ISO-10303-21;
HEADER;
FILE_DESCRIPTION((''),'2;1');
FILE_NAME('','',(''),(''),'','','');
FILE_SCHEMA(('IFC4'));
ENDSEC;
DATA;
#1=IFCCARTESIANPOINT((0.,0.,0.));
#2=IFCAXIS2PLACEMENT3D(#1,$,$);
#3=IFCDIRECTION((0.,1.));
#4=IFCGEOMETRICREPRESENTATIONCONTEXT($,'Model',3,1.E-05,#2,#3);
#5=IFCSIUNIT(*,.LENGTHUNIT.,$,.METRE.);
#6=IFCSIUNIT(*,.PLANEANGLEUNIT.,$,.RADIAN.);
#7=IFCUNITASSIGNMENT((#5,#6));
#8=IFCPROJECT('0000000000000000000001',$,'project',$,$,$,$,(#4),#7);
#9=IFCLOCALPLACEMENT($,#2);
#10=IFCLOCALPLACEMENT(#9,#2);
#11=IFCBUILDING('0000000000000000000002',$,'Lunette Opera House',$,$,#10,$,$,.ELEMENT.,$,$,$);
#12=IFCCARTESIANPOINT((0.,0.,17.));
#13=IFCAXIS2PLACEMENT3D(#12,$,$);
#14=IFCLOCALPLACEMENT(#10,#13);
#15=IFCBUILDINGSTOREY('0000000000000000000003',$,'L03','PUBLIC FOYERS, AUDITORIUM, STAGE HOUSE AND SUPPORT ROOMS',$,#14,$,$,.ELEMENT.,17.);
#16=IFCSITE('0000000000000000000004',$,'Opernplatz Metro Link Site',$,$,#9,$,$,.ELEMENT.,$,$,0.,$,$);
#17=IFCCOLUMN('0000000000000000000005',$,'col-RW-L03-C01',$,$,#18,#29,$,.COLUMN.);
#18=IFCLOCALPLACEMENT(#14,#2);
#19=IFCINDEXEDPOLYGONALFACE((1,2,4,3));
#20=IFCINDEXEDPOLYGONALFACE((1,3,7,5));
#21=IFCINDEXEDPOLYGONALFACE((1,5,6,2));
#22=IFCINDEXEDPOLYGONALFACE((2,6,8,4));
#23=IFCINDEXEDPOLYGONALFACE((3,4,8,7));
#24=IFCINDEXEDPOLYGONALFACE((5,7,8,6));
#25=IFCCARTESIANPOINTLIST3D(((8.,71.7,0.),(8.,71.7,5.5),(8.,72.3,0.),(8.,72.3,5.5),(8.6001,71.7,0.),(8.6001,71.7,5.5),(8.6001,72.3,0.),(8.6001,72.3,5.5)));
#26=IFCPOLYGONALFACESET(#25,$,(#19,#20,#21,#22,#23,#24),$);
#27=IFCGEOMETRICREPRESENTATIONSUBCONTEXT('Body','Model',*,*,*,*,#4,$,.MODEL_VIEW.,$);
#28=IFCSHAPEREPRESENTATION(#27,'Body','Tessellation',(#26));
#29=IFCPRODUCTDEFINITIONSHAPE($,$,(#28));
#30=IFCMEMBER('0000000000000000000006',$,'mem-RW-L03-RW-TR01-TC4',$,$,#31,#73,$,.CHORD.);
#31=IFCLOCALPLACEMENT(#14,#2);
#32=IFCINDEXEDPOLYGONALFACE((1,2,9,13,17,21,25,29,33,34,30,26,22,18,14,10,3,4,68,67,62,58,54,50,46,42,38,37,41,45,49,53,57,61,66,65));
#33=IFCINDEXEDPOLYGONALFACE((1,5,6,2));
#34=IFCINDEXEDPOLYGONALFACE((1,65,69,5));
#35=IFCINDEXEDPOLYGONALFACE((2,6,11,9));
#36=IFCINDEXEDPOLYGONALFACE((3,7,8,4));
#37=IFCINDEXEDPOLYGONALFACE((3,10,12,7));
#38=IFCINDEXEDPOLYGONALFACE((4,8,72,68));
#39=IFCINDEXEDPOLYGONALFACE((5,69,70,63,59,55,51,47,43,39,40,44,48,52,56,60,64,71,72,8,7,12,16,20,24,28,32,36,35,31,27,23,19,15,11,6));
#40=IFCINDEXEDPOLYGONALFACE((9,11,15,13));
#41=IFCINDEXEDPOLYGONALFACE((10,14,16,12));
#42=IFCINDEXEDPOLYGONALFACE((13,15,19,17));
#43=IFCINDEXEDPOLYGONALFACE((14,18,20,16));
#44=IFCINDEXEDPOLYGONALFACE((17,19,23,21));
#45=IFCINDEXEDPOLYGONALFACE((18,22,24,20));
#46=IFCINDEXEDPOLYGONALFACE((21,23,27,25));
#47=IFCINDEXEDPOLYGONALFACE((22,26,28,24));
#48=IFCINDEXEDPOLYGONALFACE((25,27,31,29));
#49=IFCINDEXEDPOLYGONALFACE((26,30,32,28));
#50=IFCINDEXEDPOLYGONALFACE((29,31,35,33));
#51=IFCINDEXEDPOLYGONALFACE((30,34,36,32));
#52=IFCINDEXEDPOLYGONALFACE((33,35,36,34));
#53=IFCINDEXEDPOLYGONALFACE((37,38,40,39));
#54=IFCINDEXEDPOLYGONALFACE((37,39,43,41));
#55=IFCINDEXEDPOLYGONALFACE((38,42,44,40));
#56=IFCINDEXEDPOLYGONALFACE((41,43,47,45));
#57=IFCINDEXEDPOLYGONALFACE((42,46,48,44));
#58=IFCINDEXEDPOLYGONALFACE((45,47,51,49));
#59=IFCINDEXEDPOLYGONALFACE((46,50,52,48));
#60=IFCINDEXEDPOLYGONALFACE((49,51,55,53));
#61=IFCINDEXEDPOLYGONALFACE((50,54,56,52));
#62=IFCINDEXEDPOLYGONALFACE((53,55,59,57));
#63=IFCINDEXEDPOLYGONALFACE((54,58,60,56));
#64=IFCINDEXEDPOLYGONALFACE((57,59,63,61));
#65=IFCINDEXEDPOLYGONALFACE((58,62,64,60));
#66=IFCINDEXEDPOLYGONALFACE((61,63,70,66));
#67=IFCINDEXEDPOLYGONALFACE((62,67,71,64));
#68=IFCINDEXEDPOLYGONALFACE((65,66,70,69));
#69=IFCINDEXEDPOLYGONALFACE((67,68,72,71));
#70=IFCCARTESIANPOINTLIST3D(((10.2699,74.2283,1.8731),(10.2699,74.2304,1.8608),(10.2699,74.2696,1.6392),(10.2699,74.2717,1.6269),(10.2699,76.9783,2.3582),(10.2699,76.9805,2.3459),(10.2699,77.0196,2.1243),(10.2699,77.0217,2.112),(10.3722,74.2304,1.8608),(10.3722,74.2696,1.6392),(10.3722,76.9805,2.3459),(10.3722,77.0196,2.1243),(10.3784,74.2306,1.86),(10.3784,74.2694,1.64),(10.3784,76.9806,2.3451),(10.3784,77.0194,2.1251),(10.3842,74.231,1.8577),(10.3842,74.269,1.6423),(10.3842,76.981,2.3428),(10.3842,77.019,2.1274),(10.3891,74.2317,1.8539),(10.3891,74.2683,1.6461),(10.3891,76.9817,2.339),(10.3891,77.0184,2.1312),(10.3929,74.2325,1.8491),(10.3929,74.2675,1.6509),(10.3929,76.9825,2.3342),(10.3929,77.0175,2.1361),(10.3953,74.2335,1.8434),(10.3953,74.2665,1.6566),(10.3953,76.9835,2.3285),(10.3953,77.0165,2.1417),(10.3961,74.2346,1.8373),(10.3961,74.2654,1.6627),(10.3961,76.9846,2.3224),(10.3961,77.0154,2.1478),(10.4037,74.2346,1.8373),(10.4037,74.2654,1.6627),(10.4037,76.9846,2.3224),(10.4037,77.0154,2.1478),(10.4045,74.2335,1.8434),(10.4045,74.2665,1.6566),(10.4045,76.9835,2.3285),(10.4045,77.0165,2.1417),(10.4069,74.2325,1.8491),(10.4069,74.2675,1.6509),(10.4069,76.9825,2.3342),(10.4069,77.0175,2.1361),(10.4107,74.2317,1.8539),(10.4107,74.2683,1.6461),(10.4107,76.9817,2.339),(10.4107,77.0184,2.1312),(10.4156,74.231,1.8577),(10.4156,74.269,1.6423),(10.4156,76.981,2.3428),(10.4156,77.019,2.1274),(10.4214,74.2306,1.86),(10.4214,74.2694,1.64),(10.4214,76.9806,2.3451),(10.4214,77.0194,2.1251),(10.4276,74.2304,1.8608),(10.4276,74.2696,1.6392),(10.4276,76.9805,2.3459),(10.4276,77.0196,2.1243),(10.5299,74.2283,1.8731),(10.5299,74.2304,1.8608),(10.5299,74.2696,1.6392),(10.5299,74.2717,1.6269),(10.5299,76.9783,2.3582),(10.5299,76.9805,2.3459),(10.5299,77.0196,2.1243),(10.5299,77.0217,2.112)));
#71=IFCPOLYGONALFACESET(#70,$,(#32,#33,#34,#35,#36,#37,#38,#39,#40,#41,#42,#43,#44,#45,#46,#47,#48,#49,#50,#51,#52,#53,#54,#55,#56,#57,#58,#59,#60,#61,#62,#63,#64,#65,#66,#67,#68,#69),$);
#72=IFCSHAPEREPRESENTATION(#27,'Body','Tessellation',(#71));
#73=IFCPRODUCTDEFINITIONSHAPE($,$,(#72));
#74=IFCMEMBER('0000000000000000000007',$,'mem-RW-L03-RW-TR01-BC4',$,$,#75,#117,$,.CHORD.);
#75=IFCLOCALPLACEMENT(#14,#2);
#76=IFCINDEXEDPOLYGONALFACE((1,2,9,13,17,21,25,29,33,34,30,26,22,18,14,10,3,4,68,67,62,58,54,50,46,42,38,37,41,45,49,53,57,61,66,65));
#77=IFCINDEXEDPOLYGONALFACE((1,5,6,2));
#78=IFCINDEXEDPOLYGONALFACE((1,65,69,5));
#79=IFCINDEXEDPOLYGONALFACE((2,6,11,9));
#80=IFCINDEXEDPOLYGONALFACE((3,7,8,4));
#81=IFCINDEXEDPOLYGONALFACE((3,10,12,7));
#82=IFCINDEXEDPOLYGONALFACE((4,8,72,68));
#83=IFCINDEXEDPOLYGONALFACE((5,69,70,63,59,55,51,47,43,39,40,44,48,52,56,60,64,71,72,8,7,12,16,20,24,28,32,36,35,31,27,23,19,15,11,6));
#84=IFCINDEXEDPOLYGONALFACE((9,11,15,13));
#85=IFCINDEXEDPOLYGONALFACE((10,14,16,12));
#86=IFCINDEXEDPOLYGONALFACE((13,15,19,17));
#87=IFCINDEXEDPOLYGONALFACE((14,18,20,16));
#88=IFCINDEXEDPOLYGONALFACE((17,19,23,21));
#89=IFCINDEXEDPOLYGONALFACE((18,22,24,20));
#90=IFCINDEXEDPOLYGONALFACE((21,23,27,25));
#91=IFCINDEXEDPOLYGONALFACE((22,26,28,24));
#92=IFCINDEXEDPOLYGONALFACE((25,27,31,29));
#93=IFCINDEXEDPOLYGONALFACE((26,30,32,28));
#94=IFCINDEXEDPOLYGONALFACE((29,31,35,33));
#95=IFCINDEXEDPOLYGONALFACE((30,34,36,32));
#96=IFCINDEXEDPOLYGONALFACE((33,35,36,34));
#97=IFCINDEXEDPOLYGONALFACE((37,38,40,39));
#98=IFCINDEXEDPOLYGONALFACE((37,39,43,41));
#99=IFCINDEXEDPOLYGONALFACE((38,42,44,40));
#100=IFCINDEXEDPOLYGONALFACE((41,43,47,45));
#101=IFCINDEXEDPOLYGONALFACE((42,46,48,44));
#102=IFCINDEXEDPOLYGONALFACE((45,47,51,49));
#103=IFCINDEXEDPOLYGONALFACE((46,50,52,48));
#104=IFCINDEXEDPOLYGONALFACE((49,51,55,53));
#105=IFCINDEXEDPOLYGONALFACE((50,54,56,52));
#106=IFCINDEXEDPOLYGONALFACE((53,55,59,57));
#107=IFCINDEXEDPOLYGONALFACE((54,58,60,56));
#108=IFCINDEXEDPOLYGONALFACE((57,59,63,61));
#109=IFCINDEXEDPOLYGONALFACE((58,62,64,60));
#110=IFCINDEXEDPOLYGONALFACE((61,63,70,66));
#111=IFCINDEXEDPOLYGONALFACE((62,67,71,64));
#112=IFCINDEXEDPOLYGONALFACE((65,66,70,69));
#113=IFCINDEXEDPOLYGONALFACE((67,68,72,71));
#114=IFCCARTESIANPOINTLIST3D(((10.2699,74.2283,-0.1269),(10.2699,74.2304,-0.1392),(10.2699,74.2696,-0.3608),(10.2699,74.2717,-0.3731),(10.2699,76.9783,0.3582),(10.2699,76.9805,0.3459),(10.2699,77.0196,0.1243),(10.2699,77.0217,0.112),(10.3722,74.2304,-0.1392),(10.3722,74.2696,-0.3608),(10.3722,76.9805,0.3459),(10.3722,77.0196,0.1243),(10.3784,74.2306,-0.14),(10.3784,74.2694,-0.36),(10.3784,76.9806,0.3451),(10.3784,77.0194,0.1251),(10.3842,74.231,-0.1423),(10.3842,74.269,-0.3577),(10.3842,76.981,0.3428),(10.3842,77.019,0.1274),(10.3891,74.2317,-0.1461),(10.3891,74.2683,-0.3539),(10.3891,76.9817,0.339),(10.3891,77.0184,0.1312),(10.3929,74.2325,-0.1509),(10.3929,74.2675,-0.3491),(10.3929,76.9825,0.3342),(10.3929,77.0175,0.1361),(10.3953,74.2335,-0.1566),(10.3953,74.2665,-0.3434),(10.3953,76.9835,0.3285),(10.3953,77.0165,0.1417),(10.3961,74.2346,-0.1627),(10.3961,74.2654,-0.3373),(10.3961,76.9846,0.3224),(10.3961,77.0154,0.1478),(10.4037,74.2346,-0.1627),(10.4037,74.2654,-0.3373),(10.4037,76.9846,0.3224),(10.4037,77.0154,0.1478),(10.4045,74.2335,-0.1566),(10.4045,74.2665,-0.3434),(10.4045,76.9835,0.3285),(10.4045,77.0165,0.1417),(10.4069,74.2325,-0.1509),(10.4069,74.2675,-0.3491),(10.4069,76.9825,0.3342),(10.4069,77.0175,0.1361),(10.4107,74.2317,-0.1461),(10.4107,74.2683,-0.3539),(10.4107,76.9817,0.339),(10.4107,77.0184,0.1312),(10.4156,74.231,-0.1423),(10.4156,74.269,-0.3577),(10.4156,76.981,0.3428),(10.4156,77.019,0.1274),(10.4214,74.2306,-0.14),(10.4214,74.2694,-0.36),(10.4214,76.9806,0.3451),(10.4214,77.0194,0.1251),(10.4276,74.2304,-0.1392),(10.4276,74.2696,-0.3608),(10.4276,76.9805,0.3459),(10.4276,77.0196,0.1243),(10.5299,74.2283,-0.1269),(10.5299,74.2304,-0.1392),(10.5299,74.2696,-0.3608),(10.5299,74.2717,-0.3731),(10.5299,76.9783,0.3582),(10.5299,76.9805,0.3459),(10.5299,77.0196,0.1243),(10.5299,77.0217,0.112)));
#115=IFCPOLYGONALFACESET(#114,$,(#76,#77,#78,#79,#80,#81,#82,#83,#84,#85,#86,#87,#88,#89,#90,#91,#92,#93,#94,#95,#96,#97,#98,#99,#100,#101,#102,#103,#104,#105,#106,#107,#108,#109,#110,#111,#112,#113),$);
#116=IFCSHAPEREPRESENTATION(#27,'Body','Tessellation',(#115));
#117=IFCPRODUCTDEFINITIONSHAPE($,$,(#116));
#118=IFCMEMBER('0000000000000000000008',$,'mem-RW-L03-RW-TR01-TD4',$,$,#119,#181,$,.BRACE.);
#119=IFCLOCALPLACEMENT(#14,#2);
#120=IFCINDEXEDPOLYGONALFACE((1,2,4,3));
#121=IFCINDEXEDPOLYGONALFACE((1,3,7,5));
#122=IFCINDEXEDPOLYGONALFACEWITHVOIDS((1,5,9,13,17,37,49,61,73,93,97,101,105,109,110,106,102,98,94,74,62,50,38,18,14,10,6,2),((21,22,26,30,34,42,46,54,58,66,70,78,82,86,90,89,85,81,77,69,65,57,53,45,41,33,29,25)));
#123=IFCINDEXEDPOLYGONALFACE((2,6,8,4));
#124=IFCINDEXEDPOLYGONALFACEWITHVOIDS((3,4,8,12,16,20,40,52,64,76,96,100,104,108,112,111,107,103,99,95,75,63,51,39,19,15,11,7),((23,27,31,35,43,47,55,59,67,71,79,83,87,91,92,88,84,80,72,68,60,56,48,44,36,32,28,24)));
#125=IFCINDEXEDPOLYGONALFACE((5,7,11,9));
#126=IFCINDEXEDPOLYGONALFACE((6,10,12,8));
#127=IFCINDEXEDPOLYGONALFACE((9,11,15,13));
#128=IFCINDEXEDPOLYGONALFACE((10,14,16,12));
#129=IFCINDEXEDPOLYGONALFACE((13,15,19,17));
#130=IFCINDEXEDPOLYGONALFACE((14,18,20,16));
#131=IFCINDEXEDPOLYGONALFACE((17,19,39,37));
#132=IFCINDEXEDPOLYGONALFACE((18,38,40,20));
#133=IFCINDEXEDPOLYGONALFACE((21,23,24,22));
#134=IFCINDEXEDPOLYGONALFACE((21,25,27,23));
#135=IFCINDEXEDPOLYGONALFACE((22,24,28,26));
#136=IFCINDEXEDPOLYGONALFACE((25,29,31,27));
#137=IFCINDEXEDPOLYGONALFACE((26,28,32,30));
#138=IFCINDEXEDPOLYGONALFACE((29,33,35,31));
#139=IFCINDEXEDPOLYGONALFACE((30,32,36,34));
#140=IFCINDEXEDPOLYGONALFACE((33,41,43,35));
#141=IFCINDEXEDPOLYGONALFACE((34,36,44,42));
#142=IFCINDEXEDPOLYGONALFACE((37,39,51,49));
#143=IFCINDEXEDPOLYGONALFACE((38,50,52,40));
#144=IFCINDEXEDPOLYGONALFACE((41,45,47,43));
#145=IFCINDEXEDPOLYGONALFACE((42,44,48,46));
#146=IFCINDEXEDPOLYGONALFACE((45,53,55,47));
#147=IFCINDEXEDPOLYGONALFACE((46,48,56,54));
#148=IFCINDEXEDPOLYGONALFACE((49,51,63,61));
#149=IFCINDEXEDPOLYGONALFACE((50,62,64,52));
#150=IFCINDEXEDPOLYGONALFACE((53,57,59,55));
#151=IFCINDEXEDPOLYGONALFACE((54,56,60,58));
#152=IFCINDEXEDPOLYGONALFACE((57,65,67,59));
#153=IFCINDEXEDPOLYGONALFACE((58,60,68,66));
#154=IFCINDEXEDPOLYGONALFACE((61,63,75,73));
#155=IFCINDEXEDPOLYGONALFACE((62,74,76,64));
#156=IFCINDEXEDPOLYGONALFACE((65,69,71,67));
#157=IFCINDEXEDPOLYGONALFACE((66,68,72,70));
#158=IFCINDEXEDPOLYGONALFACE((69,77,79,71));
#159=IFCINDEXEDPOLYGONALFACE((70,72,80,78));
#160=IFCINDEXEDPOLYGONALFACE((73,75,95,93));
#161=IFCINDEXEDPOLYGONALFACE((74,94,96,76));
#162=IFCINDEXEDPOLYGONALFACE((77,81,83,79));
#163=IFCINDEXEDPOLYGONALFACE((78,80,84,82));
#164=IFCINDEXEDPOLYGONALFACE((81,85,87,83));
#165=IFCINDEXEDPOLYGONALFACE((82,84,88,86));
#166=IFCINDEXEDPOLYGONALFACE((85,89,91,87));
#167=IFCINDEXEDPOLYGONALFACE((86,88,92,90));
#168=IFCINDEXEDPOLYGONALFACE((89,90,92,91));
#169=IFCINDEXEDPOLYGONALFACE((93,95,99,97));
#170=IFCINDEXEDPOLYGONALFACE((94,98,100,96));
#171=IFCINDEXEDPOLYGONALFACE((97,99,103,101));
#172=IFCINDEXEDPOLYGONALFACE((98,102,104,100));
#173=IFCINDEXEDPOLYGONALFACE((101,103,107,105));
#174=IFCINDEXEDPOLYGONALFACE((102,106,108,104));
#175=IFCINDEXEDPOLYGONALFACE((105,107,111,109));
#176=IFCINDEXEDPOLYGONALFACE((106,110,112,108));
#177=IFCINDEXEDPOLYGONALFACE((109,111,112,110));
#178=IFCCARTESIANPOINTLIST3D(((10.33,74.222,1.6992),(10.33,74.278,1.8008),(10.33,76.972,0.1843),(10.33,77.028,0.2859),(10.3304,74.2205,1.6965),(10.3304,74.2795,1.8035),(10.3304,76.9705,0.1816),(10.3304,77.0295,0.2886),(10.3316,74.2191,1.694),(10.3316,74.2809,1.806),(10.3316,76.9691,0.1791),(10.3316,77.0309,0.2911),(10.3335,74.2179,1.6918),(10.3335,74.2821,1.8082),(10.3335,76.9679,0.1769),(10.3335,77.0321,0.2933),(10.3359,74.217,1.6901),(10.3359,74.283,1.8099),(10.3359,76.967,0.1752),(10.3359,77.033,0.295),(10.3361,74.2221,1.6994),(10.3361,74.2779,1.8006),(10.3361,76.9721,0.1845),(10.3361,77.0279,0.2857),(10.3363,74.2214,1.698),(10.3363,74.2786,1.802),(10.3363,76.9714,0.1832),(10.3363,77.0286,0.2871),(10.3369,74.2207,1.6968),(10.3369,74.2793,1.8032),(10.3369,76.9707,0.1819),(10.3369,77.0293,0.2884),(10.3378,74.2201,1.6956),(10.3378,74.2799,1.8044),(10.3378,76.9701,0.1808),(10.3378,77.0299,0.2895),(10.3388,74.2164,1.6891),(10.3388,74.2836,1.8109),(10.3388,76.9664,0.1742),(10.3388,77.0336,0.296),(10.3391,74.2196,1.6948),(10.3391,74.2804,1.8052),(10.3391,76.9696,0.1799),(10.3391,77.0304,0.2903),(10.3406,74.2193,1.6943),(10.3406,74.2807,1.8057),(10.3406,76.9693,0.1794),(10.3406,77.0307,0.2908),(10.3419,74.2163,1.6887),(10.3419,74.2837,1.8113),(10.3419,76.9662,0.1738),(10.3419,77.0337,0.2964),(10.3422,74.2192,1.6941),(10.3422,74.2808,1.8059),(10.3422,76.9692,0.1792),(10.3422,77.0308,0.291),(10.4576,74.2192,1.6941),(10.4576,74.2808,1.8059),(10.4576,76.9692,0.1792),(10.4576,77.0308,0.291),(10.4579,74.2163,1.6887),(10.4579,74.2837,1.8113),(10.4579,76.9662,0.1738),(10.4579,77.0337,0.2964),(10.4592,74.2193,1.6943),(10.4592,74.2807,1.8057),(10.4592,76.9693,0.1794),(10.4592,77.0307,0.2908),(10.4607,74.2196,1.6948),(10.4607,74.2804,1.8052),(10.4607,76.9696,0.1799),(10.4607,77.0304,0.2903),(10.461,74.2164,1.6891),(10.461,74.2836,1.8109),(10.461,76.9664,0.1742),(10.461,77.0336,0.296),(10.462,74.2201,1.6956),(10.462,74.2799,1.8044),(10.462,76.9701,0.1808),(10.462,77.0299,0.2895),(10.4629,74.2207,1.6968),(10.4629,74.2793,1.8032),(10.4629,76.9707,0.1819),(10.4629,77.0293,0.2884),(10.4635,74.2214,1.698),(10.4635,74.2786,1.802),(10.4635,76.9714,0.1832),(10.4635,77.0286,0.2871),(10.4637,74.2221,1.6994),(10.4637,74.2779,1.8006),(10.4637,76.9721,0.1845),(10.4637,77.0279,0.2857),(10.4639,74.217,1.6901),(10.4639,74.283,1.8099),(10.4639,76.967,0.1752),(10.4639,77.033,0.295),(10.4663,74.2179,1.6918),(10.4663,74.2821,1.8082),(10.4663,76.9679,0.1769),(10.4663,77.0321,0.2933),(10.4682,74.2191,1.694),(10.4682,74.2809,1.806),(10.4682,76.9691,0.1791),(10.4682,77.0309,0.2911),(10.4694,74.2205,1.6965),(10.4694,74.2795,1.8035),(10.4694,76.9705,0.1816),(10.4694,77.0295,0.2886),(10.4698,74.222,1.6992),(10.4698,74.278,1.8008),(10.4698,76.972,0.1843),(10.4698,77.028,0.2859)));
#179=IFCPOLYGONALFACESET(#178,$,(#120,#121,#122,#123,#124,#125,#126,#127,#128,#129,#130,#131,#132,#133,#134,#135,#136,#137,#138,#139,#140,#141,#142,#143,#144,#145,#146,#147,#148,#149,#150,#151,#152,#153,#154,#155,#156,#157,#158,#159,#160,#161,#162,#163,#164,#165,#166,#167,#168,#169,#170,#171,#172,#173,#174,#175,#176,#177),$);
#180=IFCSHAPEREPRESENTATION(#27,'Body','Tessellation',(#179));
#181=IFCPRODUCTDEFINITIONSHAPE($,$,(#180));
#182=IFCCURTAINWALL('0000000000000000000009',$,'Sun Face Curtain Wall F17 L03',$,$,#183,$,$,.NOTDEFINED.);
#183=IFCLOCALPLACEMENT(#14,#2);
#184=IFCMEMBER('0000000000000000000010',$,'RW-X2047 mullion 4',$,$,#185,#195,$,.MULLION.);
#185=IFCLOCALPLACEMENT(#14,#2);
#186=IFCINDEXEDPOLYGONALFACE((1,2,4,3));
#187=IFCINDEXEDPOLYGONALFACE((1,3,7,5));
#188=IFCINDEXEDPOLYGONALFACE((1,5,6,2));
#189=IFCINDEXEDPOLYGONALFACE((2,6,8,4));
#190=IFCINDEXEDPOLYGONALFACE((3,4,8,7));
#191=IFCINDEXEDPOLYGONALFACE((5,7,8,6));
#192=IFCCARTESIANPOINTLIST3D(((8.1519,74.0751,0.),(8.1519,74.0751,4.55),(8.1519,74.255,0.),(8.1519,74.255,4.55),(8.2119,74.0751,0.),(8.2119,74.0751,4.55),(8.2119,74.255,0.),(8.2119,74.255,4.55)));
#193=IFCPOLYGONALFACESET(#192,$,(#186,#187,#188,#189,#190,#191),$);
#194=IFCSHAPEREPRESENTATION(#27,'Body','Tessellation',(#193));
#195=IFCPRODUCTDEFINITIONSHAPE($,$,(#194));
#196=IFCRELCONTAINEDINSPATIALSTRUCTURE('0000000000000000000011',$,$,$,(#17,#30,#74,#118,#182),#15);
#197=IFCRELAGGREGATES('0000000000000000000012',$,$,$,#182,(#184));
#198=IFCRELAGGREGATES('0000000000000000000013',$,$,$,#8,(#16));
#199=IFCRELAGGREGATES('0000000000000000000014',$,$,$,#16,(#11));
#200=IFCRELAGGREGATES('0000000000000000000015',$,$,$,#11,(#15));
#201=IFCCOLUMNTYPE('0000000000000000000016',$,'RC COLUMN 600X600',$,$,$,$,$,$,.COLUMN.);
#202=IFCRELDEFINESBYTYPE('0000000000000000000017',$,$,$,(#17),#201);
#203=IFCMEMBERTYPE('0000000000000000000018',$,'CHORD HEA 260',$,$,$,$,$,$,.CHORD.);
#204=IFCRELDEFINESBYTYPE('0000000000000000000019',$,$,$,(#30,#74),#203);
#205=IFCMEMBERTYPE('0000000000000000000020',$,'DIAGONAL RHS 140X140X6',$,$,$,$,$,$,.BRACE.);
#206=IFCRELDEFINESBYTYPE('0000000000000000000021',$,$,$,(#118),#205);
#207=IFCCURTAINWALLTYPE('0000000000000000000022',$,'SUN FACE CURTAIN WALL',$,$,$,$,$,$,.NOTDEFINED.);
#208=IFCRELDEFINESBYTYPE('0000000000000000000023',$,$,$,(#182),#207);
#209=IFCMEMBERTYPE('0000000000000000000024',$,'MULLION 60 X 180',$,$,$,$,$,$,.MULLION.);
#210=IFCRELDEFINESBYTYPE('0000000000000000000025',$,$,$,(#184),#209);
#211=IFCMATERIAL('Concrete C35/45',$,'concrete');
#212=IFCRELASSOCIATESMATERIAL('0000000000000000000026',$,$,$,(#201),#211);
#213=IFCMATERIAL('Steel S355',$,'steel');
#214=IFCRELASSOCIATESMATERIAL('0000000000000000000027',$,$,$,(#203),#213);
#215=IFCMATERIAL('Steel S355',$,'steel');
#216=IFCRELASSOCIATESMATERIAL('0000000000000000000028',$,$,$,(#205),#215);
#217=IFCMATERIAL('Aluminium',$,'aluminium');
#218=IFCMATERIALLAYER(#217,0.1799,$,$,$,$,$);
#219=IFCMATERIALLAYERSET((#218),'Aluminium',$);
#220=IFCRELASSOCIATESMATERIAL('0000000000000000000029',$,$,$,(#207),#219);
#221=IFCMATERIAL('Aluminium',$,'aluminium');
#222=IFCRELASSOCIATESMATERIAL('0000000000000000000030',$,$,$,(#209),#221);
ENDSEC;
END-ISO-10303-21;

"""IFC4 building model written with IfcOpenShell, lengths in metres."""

from ifc_helpers import new_model, si_unit, direction, frame, origin, origin_2d, place, context, subcontext, project, spatial, rectangle, hollow_rectangle, i_section, extrude, material, layer, layer_set, material_profile, profile_set, type_object, element, aggregate, save


model = new_model("IFC4")

# Units and contexts
model_context = context("Model", 3, precision=1e-05, world=origin(), true_north=direction((0.0, 1.0)))
body_context = subcontext(model_context, "Body", "Model", "MODEL_VIEW")
ifc_project = project(units=[si_unit("LENGTHUNIT", "METRE"), si_unit("PLANEANGLEUNIT", "RADIAN")], contexts=[model_context])

# Site, building, storey
site_placement = place(None, origin())
site = spatial("IfcSite", under=ifc_project, at=site_placement, Name="Opernplatz Metro Link Site", CompositionType="ELEMENT", RefElevation=0.0)
building_placement = place(site_placement, origin())
building = spatial("IfcBuilding", under=site, at=building_placement, Name="Lunette Opera House", CompositionType="ELEMENT")
storey_placement = place(building_placement, frame((0.0, 0.0, 17.0)))
storey = spatial("IfcBuildingStorey", under=building, at=storey_placement, Name="L03", Description="PUBLIC FOYERS, AUDITORIUM, STAGE HOUSE AND SUPPORT ROOMS", CompositionType="ELEMENT", Elevation=17.0)

# Column
ifc_material_1 = material(Name="Concrete C35/45", Category="concrete")
ifc_material_profile_1 = material_profile(ifc_material_1, rectangle(XDim=0.6001, YDim=0.6001, at=origin_2d()), Name="RC COLUMN 600X600")
ifc_profile_set_1 = profile_set([ifc_material_profile_1], Name="Concrete C35/45")
column_type = type_object("IfcColumnType", Name="RC COLUMN 600X600", PredefinedType="COLUMN", material=ifc_profile_set_1)
column_placement = place(storey_placement, frame((8.3, 72.0, 0.0), z_axis=(0.0, 0.0, 1.0), x_axis=(1.0, 0.0, 0.0)))
element("IfcColumn", 1, at=column_placement, inside=storey, type_object=column_type, Name="col-RW-L03-C01", PredefinedType="COLUMN", context=body_context, shape_type="SweptSolid", body=[
    extrude(rectangle(XDim=0.6001, YDim=0.6001, at=origin_2d()), origin(), (0.0, 0.0, 1.0), 5.5),
])

# Members
ifc_material_2 = material(Name="Steel S355", Category="steel")
ifc_material_profile_2 = material_profile(ifc_material_2, i_section(OverallWidth=0.26, OverallDepth=0.25, WebThickness=0.0076, FlangeThickness=0.0125, FilletRadius=0.0239, at=origin_2d()), Name="HEA 260")
ifc_profile_set_2 = profile_set([ifc_material_profile_2], Name="Steel S355")
member_type_1 = type_object("IfcMemberType", Name="CHORD HEA 260", PredefinedType="CHORD", material=ifc_profile_set_2)
for number, where, z_axis, x_axis, name in (
    (2, (10.3999, 74.25, 1.75), (0.0, 0.984795, 0.17372), (-1.0, 0.0, 0.0), "mem-RW-L03-RW-TR01-TC4"),
    (3, (10.3999, 74.25, -0.25), (0.0, 0.984795, 0.17372), (-1.0, 0.0, 0.0), "mem-RW-L03-RW-TR01-BC4"),
):
    element("IfcMember", number, at=place(storey_placement, frame(where, z_axis=z_axis, x_axis=x_axis)), inside=storey, type_object=member_type_1, Name=name, PredefinedType="CHORD", context=body_context, shape_type="SweptSolid", body=[
        extrude(i_section(OverallWidth=0.26, OverallDepth=0.25, WebThickness=0.0076, FlangeThickness=0.0125, FilletRadius=0.0239, at=origin_2d()), origin(), (0.0, 0.0, 1.0), 2.7925),
    ])
ifc_material_3 = material(Name="Steel S355", Category="steel")
ifc_material_profile_3 = material_profile(ifc_material_3, hollow_rectangle(XDim=0.1399, YDim=0.1399, WallThickness=0.0061, InnerFilletRadius=0.0061, OuterFilletRadius=0.012, at=origin_2d()), Name="RHS 140X140X6")
ifc_profile_set_3 = profile_set([ifc_material_profile_3], Name="Steel S355")
member_type_2 = type_object("IfcMemberType", Name="DIAGONAL RHS 140X140X6", PredefinedType="BRACE", material=ifc_profile_set_3)
member_1_placement = place(storey_placement, frame((10.3999, 74.25, 1.75), z_axis=(0.0, 0.875894, -0.482504), x_axis=(-1.0, 0.0, 0.0)))
element("IfcMember", 4, at=member_1_placement, inside=storey, type_object=member_type_2, Name="mem-RW-L03-RW-TR01-TD4", PredefinedType="BRACE", context=body_context, shape_type="SweptSolid", body=[
    extrude(hollow_rectangle(XDim=0.1399, YDim=0.1399, WallThickness=0.0061, InnerFilletRadius=0.0061, OuterFilletRadius=0.012, at=origin_2d()), origin(), (0.0, 0.0, 1.0), 3.1396),
])

# Curtain wall, member
ifc_material_4 = material(Name="Aluminium", Category="aluminium")
ifc_layer_1 = layer(ifc_material_4, 0.1799)
ifc_layer_set_1 = layer_set([ifc_layer_1], Name="Aluminium")
curtain_wall_type = type_object("IfcCurtainWallType", Name="SUN FACE CURTAIN WALL", PredefinedType="NOTDEFINED", material=ifc_layer_set_1)
curtain_wall_1_placement = place(storey_placement, origin())
curtain_wall_1 = element("IfcCurtainWall", 5, at=curtain_wall_1_placement, inside=storey, type_object=curtain_wall_type, Name="Sun Face Curtain Wall F17 L03", PredefinedType="NOTDEFINED")
ifc_material_5 = material(Name="Aluminium", Category="aluminium")
ifc_material_profile_4 = material_profile(ifc_material_5, rectangle(XDim=0.0601, YDim=0.1799, at=origin_2d()), Name="MULLION 60 X 180")
ifc_profile_set_4 = profile_set([ifc_material_profile_4], Name="Aluminium")
member_type_3 = type_object("IfcMemberType", Name="MULLION 60 X 180", PredefinedType="MULLION", material=ifc_profile_set_4)
member_2_placement = place(storey_placement, frame((8.1819, 74.165, 0.0), z_axis=(0.0, 0.0, 1.0), x_axis=(1.0, 0.0, 0.0)))
member_2 = element("IfcMember", 6, at=member_2_placement, type_object=member_type_3, Name="RW-X2047 mullion 4", PredefinedType="MULLION", context=body_context, shape_type="SweptSolid", body=[
    extrude(rectangle(XDim=0.0601, YDim=0.1799, at=origin_2d()), origin(), (0.0, 0.0, 1.0), 4.55),
])

aggregate(curtain_wall_1, [member_2])

save(model, "model.ifc")
